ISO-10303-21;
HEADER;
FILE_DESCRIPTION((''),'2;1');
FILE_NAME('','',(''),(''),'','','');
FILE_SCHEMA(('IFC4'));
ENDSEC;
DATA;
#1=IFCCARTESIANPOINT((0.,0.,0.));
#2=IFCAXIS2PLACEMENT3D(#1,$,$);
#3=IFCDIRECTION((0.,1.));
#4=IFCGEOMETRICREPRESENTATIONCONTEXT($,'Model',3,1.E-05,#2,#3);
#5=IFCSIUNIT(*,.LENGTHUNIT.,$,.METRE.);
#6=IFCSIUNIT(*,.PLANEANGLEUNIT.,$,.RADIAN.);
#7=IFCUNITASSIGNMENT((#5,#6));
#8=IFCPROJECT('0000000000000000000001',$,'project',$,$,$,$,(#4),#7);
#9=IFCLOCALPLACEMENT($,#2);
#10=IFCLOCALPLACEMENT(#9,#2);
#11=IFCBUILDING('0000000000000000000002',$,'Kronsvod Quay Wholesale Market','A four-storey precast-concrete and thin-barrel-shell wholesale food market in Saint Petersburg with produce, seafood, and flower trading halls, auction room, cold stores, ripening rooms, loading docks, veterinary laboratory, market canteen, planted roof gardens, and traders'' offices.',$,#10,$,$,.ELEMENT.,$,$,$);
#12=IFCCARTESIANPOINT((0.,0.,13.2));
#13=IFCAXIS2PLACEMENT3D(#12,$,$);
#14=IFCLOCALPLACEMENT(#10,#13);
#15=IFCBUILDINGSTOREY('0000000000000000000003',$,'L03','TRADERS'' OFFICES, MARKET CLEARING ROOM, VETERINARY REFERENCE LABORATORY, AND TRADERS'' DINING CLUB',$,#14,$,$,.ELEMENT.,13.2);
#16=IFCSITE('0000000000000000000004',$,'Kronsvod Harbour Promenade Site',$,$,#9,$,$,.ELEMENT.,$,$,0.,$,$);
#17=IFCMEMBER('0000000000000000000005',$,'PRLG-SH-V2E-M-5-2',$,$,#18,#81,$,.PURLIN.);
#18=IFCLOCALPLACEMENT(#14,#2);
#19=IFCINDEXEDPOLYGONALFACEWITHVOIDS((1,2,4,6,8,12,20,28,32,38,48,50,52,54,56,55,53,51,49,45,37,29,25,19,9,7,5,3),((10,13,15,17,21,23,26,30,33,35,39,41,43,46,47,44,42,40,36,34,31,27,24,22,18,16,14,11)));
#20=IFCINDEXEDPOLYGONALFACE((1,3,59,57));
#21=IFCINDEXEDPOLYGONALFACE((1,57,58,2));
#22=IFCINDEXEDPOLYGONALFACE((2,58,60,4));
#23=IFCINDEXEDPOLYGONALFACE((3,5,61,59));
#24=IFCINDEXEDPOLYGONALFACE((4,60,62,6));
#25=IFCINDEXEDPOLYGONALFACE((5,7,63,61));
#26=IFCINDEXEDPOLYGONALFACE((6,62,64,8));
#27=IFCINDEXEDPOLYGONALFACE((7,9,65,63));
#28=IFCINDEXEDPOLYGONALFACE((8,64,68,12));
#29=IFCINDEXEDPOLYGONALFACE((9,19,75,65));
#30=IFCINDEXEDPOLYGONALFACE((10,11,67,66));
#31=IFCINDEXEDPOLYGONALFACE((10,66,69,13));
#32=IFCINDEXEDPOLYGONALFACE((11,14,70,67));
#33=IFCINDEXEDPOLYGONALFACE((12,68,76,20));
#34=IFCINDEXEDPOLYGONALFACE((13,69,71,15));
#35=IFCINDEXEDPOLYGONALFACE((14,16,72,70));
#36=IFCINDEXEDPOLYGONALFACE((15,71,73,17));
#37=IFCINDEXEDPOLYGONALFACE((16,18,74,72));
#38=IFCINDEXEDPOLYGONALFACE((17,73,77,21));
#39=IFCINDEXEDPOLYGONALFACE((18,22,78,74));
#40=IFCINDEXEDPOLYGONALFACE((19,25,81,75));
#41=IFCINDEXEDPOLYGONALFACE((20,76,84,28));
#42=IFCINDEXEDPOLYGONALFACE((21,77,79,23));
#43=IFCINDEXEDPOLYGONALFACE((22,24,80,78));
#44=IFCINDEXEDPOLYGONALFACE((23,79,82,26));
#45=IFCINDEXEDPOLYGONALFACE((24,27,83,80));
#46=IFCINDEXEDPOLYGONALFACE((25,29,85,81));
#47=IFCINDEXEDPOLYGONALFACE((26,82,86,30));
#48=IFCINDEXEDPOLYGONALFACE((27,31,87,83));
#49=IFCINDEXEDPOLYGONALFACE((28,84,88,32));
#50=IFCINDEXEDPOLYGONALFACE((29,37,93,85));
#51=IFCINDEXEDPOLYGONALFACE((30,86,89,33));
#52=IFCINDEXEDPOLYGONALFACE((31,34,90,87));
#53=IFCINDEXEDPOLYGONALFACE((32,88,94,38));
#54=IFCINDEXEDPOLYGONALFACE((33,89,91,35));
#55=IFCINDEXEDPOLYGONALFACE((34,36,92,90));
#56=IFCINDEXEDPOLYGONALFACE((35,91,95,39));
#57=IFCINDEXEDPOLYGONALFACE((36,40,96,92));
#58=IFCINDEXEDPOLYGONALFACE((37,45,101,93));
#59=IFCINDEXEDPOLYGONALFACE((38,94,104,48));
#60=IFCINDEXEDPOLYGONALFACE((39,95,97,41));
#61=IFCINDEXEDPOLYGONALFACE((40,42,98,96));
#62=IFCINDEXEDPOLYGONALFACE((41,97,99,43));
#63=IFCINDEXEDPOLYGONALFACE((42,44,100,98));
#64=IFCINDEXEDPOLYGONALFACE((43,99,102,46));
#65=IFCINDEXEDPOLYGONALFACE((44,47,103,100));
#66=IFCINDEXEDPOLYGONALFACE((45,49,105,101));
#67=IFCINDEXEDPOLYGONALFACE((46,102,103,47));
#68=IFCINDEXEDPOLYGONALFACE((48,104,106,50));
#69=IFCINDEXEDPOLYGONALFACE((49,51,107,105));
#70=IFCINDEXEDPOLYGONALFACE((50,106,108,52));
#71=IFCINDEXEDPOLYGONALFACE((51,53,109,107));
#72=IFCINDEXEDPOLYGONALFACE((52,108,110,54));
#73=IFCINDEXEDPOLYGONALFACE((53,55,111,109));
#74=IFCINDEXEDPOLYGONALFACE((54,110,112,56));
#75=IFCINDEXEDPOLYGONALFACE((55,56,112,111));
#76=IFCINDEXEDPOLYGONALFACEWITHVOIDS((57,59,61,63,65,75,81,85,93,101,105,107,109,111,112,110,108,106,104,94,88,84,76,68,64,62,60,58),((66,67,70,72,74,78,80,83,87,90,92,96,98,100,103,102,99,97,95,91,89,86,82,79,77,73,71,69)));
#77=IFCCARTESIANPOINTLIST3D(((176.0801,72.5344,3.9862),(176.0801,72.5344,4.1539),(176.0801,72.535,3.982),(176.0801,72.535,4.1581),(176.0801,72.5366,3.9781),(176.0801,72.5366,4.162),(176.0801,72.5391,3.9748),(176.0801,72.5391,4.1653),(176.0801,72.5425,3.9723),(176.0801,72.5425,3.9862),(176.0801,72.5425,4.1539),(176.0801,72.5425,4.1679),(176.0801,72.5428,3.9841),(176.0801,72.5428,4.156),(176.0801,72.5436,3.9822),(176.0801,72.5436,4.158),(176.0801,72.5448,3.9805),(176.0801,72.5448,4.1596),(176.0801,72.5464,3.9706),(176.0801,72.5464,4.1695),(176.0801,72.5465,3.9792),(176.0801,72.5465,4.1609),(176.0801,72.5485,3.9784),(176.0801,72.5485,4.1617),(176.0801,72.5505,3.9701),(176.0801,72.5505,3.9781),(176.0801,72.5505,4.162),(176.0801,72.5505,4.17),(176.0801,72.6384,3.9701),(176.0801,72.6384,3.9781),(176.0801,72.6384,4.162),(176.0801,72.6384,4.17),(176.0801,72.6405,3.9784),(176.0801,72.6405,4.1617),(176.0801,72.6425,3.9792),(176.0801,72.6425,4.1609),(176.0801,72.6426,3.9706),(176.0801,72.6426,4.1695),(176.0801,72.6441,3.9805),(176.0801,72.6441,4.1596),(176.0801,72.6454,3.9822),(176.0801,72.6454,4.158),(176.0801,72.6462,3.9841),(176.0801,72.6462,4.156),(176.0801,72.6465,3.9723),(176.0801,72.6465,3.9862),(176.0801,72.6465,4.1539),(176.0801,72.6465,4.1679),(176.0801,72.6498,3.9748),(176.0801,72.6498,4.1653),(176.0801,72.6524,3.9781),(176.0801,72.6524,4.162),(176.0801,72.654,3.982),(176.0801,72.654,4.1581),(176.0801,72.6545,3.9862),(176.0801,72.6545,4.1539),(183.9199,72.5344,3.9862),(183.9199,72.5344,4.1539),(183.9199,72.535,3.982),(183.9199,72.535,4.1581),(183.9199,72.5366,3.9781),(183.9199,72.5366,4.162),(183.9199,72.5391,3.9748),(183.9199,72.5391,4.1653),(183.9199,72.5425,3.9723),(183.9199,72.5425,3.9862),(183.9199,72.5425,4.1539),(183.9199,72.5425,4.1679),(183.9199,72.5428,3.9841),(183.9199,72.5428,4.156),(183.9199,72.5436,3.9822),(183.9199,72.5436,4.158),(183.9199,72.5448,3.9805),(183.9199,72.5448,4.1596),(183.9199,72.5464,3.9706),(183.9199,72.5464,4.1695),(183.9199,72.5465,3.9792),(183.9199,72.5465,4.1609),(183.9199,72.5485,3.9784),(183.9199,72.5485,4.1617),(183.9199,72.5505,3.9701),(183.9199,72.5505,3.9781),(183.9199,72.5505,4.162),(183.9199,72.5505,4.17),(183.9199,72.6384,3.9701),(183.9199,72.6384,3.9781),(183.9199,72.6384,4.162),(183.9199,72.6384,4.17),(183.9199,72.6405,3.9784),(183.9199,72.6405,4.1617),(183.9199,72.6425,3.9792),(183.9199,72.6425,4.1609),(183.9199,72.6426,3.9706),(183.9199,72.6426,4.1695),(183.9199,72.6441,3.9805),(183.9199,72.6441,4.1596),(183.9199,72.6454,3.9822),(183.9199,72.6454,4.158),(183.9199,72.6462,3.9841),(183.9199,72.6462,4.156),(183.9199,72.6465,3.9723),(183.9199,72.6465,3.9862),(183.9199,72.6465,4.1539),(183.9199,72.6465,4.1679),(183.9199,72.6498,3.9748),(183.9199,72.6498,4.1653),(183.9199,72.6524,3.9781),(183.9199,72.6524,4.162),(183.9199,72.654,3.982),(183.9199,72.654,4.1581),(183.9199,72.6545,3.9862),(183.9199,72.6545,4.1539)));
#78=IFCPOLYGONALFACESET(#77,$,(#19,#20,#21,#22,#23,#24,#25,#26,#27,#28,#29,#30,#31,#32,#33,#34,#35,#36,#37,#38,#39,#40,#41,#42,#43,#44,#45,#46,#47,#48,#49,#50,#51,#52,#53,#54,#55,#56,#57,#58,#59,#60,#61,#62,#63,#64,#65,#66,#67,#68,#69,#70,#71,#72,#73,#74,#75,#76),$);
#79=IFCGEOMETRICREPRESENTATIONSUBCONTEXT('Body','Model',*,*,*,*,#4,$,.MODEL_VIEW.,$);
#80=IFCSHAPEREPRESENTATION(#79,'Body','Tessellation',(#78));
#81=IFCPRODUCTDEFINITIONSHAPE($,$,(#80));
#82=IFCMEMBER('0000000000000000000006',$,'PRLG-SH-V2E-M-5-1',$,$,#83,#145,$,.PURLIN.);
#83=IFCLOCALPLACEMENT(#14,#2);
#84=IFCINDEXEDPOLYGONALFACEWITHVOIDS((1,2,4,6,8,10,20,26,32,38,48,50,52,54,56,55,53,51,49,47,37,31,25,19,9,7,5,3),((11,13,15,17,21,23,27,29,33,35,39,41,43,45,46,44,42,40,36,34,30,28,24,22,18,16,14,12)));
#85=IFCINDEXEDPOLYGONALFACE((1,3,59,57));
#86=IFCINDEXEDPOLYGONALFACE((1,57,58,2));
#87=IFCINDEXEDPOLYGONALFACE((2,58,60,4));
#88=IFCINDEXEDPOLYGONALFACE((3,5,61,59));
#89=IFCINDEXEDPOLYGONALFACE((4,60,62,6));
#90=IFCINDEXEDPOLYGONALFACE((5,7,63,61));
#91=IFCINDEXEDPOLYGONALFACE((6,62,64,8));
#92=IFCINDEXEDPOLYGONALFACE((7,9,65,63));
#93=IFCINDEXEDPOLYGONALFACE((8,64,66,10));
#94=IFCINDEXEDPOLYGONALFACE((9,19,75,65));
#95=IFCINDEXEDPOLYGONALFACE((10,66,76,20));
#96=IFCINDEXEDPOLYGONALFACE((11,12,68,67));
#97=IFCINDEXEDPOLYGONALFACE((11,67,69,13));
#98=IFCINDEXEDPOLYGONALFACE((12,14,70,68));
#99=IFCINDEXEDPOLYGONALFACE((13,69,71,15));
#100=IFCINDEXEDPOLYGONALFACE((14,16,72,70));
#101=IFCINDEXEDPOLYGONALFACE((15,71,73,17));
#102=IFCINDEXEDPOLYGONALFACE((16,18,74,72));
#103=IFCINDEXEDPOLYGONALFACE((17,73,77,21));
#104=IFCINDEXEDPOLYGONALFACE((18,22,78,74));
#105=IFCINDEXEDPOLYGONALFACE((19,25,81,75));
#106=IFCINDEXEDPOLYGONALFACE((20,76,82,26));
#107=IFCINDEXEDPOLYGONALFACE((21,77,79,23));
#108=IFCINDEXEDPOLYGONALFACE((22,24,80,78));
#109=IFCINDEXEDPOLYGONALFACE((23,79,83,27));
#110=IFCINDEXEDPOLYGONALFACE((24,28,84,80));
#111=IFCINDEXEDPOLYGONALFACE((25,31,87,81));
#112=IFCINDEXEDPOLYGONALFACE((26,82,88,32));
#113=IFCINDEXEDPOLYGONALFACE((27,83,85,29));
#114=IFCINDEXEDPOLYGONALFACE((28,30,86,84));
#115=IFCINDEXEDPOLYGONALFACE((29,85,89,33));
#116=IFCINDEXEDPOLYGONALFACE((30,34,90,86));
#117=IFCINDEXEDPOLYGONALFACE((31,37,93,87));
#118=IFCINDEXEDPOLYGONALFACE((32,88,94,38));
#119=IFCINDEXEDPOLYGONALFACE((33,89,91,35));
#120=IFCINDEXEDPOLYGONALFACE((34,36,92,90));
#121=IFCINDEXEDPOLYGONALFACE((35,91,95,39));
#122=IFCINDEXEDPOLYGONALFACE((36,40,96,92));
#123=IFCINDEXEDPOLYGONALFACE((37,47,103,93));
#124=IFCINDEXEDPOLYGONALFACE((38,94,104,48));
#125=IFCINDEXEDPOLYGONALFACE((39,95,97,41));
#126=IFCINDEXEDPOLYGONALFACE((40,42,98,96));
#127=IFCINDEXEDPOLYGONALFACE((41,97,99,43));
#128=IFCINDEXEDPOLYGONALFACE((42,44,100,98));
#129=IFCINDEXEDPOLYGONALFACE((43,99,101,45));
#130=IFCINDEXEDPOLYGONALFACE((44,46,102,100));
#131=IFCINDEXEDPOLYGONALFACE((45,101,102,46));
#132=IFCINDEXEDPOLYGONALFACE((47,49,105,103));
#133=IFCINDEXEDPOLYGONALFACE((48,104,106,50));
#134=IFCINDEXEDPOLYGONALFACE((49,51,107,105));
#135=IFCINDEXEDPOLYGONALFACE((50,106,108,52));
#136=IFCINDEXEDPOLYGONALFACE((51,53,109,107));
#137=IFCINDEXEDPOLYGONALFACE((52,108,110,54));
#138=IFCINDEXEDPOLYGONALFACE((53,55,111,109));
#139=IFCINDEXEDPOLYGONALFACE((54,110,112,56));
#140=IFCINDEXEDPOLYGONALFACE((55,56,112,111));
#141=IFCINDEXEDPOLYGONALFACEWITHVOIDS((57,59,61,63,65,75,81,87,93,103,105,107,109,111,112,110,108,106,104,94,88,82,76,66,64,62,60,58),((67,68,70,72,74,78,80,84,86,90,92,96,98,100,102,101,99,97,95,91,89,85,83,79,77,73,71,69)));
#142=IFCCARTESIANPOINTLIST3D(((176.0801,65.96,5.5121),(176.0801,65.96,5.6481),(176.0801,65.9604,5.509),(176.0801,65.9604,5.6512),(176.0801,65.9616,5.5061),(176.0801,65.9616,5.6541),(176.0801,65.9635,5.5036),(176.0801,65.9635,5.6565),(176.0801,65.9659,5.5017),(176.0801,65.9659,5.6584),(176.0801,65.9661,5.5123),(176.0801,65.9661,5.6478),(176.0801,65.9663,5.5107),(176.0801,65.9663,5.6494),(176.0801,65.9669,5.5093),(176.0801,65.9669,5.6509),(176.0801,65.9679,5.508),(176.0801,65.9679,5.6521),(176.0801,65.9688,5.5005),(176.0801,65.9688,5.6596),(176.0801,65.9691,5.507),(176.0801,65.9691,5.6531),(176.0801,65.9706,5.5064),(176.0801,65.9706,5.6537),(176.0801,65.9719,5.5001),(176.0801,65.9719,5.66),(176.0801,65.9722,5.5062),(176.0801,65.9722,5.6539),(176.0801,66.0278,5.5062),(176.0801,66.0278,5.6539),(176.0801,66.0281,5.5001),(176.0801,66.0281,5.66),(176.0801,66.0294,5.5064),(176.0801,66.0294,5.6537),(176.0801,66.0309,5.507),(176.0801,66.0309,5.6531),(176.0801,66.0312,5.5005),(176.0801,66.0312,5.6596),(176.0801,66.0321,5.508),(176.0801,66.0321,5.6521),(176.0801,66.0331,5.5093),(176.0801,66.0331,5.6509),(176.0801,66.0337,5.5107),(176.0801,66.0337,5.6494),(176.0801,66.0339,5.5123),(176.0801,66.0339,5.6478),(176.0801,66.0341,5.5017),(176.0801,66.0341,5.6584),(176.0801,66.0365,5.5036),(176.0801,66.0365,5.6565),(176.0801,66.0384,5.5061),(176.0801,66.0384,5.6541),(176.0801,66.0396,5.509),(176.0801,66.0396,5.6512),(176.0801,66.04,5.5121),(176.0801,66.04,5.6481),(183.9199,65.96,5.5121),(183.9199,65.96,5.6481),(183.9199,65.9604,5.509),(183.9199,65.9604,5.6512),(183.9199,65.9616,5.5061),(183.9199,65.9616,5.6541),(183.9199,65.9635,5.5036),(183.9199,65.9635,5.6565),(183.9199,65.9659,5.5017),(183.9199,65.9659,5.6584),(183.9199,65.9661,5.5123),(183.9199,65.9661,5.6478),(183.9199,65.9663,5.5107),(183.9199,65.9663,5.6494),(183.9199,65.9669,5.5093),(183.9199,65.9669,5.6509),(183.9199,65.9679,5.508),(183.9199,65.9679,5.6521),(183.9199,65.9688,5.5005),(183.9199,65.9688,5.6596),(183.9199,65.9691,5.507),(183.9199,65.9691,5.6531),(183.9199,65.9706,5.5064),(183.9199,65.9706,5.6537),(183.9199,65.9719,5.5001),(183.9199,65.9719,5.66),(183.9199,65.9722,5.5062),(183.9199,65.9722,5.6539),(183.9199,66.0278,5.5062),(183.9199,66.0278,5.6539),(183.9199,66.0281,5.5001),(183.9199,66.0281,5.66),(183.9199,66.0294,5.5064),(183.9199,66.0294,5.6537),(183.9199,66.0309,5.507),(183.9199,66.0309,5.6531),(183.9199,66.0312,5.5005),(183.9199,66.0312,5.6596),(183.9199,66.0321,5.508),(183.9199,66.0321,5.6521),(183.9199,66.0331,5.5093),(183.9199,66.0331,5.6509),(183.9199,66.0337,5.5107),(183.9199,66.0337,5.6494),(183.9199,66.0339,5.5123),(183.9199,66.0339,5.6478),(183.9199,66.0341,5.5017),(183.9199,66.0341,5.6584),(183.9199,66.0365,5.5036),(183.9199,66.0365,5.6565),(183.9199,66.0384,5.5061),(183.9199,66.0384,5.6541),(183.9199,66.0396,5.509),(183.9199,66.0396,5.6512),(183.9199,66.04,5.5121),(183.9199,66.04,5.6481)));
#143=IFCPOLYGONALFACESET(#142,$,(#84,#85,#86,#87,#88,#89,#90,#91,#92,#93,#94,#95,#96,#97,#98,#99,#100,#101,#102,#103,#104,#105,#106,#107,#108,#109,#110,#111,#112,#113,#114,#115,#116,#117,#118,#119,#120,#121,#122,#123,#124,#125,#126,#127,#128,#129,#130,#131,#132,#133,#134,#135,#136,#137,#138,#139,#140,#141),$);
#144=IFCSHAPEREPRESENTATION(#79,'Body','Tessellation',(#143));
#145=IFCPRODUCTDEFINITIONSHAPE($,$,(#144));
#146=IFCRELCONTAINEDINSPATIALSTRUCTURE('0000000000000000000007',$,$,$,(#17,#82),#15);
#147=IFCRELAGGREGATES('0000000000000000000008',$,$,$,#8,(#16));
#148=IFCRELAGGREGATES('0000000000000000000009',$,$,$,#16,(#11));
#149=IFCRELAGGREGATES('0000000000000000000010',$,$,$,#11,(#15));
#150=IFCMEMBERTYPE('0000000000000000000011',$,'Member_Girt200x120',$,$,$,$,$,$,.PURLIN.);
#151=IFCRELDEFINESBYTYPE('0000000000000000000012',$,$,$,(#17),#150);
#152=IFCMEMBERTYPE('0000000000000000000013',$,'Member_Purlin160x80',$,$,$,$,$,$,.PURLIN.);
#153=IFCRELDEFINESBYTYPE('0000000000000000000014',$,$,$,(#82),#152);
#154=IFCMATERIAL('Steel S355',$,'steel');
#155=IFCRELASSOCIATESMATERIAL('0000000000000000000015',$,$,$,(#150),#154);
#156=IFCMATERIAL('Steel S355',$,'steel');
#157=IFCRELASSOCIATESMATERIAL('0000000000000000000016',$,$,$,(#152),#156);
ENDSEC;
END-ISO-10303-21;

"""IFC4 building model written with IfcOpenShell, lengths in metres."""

from ifc_helpers import new_model, si_unit, direction, frame, origin, origin_2d, place, context, subcontext, project, spatial, hollow_rectangle, extrude, material, material_profile, profile_set, type_object, element, save


model = new_model("IFC4")

# Units and contexts
model_context = context("Model", 3, precision=1e-05, world=origin(), true_north=direction((0.0, 1.0)))
body_context = subcontext(model_context, "Body", "Model", "MODEL_VIEW")
ifc_project = project(units=[si_unit("LENGTHUNIT", "METRE"), si_unit("PLANEANGLEUNIT", "RADIAN")], contexts=[model_context])

# Site, building, storey
site_placement = place(None, origin())
site = spatial("IfcSite", under=ifc_project, at=site_placement, Name="Kronsvod Harbour Promenade Site", CompositionType="ELEMENT", RefElevation=0.0)
building_placement = place(site_placement, origin())
building = spatial("IfcBuilding", under=site, at=building_placement, Name="Kronsvod Quay Wholesale Market", Description="A four-storey precast-concrete and thin-barrel-shell wholesale food market in Saint Petersburg with produce, seafood, and flower trading halls, auction room, cold stores, ripening rooms, loading docks, veterinary laboratory, market canteen, planted roof gardens, and traders' offices.", CompositionType="ELEMENT")
storey_placement = place(building_placement, frame((0.0, 0.0, 13.2)))
storey = spatial("IfcBuildingStorey", under=building, at=storey_placement, Name="L03", Description="TRADERS' OFFICES, MARKET CLEARING ROOM, VETERINARY REFERENCE LABORATORY, AND TRADERS' DINING CLUB", CompositionType="ELEMENT", Elevation=13.2)

# Members
ifc_material_1 = material(Name="Steel S355", Category="steel")
ifc_material_profile_1 = material_profile(ifc_material_1, hollow_rectangle(XDim=0.1201, YDim=0.2, WallThickness=0.0081, InnerFilletRadius=0.0081, OuterFilletRadius=0.0161, at=origin_2d()), Name="RHS200x120x8")
ifc_profile_set_1 = profile_set([ifc_material_profile_1], Name="Steel S355")
member_type_1 = type_object("IfcMemberType", Name="Member_Girt200x120", PredefinedType="PURLIN", material=ifc_profile_set_1)
for number, where, z_axis, x_axis, name in (
    (1, (176.0801, 72.5945, 4.0701), (1.0, 0.0, 0.0), (0.0, 1.0, 0.0), "PRLG-SH-V2E-M-5-2"),
):
    element("IfcMember", number, at=place(storey_placement, frame(where, z_axis=z_axis, x_axis=x_axis)), inside=storey, type_object=member_type_1, Name=name, PredefinedType="PURLIN", context=body_context, shape_type="SweptSolid", body=[
        extrude(hollow_rectangle(XDim=0.1201, YDim=0.2, WallThickness=0.0081, InnerFilletRadius=0.0081, OuterFilletRadius=0.0161, at=origin_2d()), origin(), (0.0, 0.0, 1.0), 7.8398),
    ])
ifc_material_2 = material(Name="Steel S355", Category="steel")
ifc_material_profile_2 = material_profile(ifc_material_2, hollow_rectangle(XDim=0.0801, YDim=0.1599, WallThickness=0.0061, InnerFilletRadius=0.0061, OuterFilletRadius=0.012, at=origin_2d()), Name="RHS160x80x6")
ifc_profile_set_2 = profile_set([ifc_material_profile_2], Name="Steel S355")
member_type_2 = type_object("IfcMemberType", Name="Member_Purlin160x80", PredefinedType="PURLIN", material=ifc_profile_set_2)
member_1_placement = place(storey_placement, frame((176.0801, 66.0, 5.5801), z_axis=(1.0, 0.0, 0.0), x_axis=(0.0, 1.0, 0.0)))
element("IfcMember", 2, at=member_1_placement, inside=storey, type_object=member_type_2, Name="PRLG-SH-V2E-M-5-1", PredefinedType="PURLIN", context=body_context, shape_type="SweptSolid", body=[
    extrude(hollow_rectangle(XDim=0.0801, YDim=0.1599, WallThickness=0.0061, InnerFilletRadius=0.0061, OuterFilletRadius=0.012, at=origin_2d()), origin(), (0.0, 0.0, 1.0), 7.8398),
])

save(model, "model.ifc")
